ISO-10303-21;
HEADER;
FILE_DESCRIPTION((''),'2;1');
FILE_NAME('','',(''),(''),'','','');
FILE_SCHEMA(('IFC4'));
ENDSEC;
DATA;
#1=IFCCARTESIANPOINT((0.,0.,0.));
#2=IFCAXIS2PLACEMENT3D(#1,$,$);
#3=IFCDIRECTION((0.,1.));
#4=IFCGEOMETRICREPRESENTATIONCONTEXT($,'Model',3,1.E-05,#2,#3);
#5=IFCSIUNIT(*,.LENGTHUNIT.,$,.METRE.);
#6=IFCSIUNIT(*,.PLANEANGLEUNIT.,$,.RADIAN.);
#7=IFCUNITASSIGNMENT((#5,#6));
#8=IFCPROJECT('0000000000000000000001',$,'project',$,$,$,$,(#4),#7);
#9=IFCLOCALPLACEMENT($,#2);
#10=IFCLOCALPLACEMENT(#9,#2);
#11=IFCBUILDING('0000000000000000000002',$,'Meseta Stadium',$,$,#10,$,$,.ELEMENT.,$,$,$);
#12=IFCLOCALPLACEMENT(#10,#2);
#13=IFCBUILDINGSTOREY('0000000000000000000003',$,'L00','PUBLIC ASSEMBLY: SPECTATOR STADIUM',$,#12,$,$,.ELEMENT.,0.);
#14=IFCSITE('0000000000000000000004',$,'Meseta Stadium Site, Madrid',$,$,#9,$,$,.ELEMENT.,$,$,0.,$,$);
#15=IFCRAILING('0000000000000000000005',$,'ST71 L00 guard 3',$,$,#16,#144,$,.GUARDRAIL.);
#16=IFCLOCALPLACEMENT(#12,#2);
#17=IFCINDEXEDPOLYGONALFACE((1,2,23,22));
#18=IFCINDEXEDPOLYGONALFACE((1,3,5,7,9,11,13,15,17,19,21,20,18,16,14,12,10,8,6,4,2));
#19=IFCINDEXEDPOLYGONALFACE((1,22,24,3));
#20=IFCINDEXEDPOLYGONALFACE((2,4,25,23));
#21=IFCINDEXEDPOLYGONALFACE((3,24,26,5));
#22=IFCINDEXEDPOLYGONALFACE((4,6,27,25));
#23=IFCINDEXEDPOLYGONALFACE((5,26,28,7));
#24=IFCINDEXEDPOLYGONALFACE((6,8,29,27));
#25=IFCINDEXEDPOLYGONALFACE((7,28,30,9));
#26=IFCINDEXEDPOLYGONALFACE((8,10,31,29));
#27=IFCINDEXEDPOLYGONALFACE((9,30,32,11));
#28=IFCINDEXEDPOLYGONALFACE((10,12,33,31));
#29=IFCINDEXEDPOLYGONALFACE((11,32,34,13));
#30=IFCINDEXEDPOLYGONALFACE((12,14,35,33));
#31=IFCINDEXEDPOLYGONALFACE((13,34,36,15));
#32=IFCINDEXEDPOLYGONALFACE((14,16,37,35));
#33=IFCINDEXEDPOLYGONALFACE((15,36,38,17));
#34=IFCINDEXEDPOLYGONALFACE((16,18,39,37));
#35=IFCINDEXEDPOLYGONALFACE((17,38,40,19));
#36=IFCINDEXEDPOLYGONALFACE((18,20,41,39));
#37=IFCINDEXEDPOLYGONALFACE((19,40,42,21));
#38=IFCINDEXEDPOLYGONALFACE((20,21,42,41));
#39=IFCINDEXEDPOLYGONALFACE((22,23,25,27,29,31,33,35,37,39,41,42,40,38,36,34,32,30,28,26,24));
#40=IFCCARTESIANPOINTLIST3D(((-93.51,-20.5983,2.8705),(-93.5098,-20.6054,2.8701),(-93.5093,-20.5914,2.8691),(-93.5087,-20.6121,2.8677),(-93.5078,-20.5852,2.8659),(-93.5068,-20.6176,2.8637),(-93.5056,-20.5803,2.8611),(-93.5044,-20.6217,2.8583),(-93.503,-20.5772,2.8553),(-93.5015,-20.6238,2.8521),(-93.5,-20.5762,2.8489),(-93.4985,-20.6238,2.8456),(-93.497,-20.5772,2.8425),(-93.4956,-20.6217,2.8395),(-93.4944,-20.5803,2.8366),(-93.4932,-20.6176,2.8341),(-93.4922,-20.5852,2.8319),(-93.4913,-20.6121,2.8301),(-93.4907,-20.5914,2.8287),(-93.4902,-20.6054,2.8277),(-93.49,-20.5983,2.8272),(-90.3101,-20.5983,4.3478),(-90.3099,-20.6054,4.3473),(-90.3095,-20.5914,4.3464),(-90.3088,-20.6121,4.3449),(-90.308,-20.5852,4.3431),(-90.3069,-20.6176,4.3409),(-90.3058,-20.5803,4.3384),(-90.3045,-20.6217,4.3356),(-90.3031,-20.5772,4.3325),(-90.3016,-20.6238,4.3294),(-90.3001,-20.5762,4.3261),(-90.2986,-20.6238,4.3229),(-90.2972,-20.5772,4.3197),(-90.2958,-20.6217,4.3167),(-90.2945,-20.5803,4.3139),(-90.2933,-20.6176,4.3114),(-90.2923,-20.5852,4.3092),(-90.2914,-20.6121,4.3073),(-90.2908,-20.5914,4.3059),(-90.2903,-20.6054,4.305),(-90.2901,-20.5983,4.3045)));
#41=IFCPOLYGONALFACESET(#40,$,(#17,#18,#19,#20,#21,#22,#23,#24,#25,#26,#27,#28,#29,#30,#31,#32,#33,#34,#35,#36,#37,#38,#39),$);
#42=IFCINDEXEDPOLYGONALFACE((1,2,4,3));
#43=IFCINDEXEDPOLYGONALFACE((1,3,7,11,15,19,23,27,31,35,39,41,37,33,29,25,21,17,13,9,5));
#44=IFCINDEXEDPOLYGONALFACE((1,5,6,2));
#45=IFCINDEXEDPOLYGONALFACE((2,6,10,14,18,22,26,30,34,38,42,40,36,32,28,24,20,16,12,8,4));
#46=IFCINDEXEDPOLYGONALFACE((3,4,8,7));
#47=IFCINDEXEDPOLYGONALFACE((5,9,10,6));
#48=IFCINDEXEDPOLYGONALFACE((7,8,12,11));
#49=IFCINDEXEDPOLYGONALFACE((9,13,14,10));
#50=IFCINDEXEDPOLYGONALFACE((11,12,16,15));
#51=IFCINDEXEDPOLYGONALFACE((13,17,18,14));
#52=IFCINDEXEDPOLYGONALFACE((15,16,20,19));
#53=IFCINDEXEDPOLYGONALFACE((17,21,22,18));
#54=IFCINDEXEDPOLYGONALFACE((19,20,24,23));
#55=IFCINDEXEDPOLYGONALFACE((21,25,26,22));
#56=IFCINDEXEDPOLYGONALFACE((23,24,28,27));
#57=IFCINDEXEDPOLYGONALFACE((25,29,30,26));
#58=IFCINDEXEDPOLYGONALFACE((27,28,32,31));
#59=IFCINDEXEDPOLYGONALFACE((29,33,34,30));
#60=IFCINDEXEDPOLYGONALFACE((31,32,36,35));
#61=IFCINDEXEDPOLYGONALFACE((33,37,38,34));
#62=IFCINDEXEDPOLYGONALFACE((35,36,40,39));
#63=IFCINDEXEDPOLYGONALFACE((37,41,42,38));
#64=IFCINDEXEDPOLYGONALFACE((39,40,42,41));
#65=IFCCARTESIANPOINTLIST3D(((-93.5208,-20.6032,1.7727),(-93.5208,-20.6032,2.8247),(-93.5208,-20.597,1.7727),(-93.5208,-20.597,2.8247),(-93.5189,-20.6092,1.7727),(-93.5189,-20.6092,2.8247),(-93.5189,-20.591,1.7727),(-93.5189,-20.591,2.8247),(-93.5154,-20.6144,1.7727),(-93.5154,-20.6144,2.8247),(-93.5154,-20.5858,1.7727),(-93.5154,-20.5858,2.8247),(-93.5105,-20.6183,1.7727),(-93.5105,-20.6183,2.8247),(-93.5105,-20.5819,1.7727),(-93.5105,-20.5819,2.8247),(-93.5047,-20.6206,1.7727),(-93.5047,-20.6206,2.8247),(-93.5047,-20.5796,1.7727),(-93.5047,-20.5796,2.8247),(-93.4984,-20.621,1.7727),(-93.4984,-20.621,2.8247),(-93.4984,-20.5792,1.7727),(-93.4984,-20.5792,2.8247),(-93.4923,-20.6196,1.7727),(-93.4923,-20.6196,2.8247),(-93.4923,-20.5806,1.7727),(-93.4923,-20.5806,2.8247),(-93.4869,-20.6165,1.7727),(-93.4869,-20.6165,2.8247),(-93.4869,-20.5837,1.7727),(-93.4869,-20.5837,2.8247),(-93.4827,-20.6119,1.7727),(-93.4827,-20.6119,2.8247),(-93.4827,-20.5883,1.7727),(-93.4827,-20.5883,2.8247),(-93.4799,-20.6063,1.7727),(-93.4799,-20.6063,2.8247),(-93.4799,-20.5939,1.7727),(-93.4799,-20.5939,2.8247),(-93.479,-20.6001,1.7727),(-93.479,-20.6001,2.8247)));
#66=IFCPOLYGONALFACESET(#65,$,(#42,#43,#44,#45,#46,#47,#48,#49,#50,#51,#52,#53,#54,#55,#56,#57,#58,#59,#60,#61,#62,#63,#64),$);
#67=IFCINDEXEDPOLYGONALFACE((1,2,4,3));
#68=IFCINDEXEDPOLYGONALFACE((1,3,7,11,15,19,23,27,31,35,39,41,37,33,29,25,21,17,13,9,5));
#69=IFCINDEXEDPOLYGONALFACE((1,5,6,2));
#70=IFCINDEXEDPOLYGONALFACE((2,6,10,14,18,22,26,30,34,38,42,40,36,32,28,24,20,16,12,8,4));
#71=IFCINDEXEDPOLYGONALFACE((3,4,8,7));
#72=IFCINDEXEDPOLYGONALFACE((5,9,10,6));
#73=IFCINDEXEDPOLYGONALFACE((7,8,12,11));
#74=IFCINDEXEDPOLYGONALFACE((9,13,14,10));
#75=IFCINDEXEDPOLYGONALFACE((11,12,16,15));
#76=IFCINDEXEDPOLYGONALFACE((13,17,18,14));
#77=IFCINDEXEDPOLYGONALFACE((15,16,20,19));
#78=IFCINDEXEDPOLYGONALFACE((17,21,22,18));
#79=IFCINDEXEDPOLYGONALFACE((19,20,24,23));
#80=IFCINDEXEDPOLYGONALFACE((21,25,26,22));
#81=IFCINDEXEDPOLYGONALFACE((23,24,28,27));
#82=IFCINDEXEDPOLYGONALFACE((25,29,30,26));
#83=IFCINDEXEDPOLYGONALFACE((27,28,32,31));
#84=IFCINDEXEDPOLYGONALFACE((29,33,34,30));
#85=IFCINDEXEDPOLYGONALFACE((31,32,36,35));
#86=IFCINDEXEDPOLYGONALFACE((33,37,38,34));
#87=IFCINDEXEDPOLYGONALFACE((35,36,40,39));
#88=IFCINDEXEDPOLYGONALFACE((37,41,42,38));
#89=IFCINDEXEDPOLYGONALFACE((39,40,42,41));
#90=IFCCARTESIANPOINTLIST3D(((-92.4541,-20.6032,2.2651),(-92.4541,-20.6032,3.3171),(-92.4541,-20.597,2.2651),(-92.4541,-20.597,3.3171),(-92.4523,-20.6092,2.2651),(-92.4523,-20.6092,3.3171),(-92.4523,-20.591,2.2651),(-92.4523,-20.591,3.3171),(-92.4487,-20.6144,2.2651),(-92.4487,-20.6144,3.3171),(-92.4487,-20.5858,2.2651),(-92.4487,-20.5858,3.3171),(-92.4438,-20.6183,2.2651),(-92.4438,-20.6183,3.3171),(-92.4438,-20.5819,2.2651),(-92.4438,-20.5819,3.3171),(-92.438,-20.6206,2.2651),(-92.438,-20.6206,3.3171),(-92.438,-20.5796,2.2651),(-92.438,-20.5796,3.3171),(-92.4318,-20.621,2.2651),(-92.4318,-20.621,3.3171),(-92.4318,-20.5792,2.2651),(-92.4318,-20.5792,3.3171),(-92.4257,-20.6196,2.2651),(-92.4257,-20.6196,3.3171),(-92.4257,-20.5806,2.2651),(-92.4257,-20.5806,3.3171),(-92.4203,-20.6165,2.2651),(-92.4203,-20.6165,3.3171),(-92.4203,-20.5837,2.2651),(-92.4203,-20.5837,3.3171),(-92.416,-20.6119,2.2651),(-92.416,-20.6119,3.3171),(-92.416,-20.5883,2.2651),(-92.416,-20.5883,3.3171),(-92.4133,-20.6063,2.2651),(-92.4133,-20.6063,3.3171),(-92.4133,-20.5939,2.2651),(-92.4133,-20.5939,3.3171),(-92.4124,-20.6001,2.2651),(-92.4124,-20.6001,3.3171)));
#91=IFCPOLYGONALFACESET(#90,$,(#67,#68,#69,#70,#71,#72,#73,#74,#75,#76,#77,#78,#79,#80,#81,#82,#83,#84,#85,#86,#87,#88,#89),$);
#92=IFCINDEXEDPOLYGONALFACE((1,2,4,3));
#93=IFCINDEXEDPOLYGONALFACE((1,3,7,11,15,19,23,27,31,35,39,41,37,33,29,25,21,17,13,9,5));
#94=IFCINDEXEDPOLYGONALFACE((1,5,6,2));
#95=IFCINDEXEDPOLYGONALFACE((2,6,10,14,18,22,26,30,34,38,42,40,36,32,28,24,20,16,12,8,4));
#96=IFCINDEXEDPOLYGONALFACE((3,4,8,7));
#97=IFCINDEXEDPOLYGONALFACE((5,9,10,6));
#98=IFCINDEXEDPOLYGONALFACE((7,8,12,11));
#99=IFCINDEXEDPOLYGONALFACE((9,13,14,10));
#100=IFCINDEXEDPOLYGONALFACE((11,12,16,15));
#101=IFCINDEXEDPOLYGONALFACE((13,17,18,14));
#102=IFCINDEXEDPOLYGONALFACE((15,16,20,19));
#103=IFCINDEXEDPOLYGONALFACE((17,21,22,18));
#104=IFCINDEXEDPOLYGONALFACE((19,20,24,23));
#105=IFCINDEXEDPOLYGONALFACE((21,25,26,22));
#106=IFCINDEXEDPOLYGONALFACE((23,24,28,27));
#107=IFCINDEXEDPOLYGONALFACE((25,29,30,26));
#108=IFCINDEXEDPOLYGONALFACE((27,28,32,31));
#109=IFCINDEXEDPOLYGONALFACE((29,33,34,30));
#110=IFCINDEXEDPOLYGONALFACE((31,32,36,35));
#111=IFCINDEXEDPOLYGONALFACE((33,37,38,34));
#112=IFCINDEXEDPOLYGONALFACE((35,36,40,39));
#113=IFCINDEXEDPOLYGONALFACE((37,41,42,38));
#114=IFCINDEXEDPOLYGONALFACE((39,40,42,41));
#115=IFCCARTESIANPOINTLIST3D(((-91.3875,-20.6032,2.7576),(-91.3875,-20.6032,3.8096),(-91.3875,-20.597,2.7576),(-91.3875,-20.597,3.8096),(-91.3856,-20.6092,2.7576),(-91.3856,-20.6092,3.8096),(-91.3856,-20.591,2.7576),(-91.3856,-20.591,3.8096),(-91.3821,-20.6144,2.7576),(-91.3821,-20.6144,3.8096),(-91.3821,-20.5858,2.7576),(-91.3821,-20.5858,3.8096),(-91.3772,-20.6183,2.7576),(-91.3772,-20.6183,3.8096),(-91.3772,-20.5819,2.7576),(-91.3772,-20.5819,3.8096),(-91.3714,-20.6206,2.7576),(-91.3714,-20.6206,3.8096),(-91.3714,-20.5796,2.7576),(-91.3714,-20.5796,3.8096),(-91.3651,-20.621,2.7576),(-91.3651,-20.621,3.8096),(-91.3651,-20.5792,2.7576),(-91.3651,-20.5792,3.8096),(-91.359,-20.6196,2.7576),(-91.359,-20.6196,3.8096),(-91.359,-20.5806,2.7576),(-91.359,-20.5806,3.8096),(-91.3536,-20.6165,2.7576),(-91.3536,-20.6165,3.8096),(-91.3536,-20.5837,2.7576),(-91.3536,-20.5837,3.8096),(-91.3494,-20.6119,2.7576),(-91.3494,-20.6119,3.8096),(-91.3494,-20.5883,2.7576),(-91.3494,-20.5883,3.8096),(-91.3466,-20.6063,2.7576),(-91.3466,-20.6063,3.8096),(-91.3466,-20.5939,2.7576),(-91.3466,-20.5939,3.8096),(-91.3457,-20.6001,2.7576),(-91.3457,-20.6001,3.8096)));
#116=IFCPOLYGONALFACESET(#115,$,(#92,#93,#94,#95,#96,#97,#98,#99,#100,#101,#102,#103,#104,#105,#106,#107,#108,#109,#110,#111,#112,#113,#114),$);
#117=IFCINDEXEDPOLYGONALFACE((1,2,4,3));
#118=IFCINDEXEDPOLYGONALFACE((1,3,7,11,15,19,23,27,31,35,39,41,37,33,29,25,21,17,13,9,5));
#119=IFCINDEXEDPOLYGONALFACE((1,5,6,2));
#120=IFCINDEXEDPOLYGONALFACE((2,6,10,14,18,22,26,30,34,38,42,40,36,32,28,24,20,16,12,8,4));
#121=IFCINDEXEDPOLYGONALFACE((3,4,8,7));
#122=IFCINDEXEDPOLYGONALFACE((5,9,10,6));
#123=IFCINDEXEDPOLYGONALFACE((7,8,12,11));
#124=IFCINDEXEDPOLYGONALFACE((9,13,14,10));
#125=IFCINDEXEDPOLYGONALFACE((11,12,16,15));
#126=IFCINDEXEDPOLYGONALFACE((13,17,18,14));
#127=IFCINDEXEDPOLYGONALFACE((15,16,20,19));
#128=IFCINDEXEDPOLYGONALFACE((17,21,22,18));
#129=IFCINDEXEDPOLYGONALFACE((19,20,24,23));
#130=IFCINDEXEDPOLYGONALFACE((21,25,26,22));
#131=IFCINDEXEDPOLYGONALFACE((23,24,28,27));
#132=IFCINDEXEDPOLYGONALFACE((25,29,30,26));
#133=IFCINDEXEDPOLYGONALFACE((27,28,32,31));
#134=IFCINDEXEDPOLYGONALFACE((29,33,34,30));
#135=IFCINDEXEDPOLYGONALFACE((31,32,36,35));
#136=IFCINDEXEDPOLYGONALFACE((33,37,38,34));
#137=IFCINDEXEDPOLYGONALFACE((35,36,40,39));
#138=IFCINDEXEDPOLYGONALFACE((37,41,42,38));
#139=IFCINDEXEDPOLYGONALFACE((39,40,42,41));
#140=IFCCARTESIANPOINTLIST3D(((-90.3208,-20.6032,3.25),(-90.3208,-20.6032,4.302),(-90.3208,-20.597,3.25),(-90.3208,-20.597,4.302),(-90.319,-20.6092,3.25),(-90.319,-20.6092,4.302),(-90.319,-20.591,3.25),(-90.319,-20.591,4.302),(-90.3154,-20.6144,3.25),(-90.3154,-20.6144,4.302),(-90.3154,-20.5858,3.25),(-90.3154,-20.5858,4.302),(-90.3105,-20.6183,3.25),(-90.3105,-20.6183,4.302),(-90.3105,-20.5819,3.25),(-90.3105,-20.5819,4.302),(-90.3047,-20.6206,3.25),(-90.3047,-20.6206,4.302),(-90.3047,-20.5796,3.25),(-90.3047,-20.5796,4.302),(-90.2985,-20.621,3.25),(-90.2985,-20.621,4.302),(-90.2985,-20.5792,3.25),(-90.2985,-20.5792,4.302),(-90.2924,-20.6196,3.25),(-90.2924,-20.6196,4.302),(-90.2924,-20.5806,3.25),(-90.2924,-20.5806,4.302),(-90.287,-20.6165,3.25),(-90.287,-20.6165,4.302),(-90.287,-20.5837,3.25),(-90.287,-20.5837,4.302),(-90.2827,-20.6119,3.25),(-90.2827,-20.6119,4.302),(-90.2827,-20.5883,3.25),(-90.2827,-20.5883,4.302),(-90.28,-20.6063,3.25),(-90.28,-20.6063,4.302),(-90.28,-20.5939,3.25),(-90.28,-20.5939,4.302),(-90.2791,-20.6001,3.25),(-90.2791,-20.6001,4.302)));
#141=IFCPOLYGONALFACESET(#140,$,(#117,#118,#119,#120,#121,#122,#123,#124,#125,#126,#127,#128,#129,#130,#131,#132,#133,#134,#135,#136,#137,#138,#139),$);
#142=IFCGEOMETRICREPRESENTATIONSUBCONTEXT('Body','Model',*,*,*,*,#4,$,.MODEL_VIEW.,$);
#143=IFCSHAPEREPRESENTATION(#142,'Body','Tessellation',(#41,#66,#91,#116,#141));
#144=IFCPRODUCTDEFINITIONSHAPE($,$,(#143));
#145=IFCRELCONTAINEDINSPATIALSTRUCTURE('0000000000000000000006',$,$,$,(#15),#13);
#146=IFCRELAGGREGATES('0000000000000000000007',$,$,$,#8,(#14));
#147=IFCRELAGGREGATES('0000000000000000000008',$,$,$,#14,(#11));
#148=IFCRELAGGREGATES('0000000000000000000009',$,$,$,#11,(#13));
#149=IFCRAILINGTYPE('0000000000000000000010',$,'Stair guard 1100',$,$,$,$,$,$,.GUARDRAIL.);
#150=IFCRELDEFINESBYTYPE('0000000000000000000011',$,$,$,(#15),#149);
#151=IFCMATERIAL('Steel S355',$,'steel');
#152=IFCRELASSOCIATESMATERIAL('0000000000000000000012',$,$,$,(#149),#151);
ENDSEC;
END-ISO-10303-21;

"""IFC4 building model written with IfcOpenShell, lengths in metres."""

from ifc_helpers import new_model, si_unit, direction, frame, origin, origin_2d, place, context, subcontext, project, spatial, circle, extrude, material, type_object, element, save


model = new_model("IFC4")

# Units and contexts
model_context = context("Model", 3, precision=1e-05, world=origin(), true_north=direction((0.0, 1.0)))
body_context = subcontext(model_context, "Body", "Model", "MODEL_VIEW")
ifc_project = project(units=[si_unit("LENGTHUNIT", "METRE"), si_unit("PLANEANGLEUNIT", "RADIAN")], contexts=[model_context])

# Site, building, storey
site_placement = place(None, origin())
site = spatial("IfcSite", under=ifc_project, at=site_placement, Name="Meseta Stadium Site, Madrid", CompositionType="ELEMENT", RefElevation=0.0)
building_placement = place(site_placement, origin())
building = spatial("IfcBuilding", under=site, at=building_placement, Name="Meseta Stadium", CompositionType="ELEMENT")
storey_placement = place(building_placement, origin())
storey = spatial("IfcBuildingStorey", under=building, at=storey_placement, Name="L00", Description="PUBLIC ASSEMBLY: SPECTATOR STADIUM", CompositionType="ELEMENT", Elevation=0.0)

# Railing
ifc_material_1 = material(Name="Steel S355", Category="steel")
railing_type_1 = type_object("IfcRailingType", Name="Stair guard 1100", PredefinedType="GUARDRAIL", material=ifc_material_1)
railing_1_placement = place(storey_placement, frame((-93.5, -20.6001, 1.7727)))
element("IfcRailing", 1, at=railing_1_placement, inside=storey, type_object=railing_type_1, Name="ST71 L00 guard 3", PredefinedType="GUARDRAIL", context=body_context, shape_type="SweptSolid", body=[
    extrude(circle(Radius=0.0239, at=origin_2d()), frame((0.0, 0.0, 1.0762), z_axis=(0.907917, 0.0, 0.41915), x_axis=(0.0, 1.0, 0.0)), (0.0, 0.0, 1.0), 3.5244),
    extrude(circle(Radius=0.021, at=origin_2d()), origin(), (0.0, 0.0, 1.0), 1.052),
    extrude(circle(Radius=0.021, at=origin_2d()), frame((1.0667, 0.0, 0.4924)), (0.0, 0.0, 1.0), 1.052),
    extrude(circle(Radius=0.021, at=origin_2d()), frame((2.1333, 0.0, 0.9849)), (0.0, 0.0, 1.0), 1.052),
    extrude(circle(Radius=0.021, at=origin_2d()), frame((3.2, 0.0, 1.4773)), (0.0, 0.0, 1.0), 1.052),
])

save(model, "model.ifc")
